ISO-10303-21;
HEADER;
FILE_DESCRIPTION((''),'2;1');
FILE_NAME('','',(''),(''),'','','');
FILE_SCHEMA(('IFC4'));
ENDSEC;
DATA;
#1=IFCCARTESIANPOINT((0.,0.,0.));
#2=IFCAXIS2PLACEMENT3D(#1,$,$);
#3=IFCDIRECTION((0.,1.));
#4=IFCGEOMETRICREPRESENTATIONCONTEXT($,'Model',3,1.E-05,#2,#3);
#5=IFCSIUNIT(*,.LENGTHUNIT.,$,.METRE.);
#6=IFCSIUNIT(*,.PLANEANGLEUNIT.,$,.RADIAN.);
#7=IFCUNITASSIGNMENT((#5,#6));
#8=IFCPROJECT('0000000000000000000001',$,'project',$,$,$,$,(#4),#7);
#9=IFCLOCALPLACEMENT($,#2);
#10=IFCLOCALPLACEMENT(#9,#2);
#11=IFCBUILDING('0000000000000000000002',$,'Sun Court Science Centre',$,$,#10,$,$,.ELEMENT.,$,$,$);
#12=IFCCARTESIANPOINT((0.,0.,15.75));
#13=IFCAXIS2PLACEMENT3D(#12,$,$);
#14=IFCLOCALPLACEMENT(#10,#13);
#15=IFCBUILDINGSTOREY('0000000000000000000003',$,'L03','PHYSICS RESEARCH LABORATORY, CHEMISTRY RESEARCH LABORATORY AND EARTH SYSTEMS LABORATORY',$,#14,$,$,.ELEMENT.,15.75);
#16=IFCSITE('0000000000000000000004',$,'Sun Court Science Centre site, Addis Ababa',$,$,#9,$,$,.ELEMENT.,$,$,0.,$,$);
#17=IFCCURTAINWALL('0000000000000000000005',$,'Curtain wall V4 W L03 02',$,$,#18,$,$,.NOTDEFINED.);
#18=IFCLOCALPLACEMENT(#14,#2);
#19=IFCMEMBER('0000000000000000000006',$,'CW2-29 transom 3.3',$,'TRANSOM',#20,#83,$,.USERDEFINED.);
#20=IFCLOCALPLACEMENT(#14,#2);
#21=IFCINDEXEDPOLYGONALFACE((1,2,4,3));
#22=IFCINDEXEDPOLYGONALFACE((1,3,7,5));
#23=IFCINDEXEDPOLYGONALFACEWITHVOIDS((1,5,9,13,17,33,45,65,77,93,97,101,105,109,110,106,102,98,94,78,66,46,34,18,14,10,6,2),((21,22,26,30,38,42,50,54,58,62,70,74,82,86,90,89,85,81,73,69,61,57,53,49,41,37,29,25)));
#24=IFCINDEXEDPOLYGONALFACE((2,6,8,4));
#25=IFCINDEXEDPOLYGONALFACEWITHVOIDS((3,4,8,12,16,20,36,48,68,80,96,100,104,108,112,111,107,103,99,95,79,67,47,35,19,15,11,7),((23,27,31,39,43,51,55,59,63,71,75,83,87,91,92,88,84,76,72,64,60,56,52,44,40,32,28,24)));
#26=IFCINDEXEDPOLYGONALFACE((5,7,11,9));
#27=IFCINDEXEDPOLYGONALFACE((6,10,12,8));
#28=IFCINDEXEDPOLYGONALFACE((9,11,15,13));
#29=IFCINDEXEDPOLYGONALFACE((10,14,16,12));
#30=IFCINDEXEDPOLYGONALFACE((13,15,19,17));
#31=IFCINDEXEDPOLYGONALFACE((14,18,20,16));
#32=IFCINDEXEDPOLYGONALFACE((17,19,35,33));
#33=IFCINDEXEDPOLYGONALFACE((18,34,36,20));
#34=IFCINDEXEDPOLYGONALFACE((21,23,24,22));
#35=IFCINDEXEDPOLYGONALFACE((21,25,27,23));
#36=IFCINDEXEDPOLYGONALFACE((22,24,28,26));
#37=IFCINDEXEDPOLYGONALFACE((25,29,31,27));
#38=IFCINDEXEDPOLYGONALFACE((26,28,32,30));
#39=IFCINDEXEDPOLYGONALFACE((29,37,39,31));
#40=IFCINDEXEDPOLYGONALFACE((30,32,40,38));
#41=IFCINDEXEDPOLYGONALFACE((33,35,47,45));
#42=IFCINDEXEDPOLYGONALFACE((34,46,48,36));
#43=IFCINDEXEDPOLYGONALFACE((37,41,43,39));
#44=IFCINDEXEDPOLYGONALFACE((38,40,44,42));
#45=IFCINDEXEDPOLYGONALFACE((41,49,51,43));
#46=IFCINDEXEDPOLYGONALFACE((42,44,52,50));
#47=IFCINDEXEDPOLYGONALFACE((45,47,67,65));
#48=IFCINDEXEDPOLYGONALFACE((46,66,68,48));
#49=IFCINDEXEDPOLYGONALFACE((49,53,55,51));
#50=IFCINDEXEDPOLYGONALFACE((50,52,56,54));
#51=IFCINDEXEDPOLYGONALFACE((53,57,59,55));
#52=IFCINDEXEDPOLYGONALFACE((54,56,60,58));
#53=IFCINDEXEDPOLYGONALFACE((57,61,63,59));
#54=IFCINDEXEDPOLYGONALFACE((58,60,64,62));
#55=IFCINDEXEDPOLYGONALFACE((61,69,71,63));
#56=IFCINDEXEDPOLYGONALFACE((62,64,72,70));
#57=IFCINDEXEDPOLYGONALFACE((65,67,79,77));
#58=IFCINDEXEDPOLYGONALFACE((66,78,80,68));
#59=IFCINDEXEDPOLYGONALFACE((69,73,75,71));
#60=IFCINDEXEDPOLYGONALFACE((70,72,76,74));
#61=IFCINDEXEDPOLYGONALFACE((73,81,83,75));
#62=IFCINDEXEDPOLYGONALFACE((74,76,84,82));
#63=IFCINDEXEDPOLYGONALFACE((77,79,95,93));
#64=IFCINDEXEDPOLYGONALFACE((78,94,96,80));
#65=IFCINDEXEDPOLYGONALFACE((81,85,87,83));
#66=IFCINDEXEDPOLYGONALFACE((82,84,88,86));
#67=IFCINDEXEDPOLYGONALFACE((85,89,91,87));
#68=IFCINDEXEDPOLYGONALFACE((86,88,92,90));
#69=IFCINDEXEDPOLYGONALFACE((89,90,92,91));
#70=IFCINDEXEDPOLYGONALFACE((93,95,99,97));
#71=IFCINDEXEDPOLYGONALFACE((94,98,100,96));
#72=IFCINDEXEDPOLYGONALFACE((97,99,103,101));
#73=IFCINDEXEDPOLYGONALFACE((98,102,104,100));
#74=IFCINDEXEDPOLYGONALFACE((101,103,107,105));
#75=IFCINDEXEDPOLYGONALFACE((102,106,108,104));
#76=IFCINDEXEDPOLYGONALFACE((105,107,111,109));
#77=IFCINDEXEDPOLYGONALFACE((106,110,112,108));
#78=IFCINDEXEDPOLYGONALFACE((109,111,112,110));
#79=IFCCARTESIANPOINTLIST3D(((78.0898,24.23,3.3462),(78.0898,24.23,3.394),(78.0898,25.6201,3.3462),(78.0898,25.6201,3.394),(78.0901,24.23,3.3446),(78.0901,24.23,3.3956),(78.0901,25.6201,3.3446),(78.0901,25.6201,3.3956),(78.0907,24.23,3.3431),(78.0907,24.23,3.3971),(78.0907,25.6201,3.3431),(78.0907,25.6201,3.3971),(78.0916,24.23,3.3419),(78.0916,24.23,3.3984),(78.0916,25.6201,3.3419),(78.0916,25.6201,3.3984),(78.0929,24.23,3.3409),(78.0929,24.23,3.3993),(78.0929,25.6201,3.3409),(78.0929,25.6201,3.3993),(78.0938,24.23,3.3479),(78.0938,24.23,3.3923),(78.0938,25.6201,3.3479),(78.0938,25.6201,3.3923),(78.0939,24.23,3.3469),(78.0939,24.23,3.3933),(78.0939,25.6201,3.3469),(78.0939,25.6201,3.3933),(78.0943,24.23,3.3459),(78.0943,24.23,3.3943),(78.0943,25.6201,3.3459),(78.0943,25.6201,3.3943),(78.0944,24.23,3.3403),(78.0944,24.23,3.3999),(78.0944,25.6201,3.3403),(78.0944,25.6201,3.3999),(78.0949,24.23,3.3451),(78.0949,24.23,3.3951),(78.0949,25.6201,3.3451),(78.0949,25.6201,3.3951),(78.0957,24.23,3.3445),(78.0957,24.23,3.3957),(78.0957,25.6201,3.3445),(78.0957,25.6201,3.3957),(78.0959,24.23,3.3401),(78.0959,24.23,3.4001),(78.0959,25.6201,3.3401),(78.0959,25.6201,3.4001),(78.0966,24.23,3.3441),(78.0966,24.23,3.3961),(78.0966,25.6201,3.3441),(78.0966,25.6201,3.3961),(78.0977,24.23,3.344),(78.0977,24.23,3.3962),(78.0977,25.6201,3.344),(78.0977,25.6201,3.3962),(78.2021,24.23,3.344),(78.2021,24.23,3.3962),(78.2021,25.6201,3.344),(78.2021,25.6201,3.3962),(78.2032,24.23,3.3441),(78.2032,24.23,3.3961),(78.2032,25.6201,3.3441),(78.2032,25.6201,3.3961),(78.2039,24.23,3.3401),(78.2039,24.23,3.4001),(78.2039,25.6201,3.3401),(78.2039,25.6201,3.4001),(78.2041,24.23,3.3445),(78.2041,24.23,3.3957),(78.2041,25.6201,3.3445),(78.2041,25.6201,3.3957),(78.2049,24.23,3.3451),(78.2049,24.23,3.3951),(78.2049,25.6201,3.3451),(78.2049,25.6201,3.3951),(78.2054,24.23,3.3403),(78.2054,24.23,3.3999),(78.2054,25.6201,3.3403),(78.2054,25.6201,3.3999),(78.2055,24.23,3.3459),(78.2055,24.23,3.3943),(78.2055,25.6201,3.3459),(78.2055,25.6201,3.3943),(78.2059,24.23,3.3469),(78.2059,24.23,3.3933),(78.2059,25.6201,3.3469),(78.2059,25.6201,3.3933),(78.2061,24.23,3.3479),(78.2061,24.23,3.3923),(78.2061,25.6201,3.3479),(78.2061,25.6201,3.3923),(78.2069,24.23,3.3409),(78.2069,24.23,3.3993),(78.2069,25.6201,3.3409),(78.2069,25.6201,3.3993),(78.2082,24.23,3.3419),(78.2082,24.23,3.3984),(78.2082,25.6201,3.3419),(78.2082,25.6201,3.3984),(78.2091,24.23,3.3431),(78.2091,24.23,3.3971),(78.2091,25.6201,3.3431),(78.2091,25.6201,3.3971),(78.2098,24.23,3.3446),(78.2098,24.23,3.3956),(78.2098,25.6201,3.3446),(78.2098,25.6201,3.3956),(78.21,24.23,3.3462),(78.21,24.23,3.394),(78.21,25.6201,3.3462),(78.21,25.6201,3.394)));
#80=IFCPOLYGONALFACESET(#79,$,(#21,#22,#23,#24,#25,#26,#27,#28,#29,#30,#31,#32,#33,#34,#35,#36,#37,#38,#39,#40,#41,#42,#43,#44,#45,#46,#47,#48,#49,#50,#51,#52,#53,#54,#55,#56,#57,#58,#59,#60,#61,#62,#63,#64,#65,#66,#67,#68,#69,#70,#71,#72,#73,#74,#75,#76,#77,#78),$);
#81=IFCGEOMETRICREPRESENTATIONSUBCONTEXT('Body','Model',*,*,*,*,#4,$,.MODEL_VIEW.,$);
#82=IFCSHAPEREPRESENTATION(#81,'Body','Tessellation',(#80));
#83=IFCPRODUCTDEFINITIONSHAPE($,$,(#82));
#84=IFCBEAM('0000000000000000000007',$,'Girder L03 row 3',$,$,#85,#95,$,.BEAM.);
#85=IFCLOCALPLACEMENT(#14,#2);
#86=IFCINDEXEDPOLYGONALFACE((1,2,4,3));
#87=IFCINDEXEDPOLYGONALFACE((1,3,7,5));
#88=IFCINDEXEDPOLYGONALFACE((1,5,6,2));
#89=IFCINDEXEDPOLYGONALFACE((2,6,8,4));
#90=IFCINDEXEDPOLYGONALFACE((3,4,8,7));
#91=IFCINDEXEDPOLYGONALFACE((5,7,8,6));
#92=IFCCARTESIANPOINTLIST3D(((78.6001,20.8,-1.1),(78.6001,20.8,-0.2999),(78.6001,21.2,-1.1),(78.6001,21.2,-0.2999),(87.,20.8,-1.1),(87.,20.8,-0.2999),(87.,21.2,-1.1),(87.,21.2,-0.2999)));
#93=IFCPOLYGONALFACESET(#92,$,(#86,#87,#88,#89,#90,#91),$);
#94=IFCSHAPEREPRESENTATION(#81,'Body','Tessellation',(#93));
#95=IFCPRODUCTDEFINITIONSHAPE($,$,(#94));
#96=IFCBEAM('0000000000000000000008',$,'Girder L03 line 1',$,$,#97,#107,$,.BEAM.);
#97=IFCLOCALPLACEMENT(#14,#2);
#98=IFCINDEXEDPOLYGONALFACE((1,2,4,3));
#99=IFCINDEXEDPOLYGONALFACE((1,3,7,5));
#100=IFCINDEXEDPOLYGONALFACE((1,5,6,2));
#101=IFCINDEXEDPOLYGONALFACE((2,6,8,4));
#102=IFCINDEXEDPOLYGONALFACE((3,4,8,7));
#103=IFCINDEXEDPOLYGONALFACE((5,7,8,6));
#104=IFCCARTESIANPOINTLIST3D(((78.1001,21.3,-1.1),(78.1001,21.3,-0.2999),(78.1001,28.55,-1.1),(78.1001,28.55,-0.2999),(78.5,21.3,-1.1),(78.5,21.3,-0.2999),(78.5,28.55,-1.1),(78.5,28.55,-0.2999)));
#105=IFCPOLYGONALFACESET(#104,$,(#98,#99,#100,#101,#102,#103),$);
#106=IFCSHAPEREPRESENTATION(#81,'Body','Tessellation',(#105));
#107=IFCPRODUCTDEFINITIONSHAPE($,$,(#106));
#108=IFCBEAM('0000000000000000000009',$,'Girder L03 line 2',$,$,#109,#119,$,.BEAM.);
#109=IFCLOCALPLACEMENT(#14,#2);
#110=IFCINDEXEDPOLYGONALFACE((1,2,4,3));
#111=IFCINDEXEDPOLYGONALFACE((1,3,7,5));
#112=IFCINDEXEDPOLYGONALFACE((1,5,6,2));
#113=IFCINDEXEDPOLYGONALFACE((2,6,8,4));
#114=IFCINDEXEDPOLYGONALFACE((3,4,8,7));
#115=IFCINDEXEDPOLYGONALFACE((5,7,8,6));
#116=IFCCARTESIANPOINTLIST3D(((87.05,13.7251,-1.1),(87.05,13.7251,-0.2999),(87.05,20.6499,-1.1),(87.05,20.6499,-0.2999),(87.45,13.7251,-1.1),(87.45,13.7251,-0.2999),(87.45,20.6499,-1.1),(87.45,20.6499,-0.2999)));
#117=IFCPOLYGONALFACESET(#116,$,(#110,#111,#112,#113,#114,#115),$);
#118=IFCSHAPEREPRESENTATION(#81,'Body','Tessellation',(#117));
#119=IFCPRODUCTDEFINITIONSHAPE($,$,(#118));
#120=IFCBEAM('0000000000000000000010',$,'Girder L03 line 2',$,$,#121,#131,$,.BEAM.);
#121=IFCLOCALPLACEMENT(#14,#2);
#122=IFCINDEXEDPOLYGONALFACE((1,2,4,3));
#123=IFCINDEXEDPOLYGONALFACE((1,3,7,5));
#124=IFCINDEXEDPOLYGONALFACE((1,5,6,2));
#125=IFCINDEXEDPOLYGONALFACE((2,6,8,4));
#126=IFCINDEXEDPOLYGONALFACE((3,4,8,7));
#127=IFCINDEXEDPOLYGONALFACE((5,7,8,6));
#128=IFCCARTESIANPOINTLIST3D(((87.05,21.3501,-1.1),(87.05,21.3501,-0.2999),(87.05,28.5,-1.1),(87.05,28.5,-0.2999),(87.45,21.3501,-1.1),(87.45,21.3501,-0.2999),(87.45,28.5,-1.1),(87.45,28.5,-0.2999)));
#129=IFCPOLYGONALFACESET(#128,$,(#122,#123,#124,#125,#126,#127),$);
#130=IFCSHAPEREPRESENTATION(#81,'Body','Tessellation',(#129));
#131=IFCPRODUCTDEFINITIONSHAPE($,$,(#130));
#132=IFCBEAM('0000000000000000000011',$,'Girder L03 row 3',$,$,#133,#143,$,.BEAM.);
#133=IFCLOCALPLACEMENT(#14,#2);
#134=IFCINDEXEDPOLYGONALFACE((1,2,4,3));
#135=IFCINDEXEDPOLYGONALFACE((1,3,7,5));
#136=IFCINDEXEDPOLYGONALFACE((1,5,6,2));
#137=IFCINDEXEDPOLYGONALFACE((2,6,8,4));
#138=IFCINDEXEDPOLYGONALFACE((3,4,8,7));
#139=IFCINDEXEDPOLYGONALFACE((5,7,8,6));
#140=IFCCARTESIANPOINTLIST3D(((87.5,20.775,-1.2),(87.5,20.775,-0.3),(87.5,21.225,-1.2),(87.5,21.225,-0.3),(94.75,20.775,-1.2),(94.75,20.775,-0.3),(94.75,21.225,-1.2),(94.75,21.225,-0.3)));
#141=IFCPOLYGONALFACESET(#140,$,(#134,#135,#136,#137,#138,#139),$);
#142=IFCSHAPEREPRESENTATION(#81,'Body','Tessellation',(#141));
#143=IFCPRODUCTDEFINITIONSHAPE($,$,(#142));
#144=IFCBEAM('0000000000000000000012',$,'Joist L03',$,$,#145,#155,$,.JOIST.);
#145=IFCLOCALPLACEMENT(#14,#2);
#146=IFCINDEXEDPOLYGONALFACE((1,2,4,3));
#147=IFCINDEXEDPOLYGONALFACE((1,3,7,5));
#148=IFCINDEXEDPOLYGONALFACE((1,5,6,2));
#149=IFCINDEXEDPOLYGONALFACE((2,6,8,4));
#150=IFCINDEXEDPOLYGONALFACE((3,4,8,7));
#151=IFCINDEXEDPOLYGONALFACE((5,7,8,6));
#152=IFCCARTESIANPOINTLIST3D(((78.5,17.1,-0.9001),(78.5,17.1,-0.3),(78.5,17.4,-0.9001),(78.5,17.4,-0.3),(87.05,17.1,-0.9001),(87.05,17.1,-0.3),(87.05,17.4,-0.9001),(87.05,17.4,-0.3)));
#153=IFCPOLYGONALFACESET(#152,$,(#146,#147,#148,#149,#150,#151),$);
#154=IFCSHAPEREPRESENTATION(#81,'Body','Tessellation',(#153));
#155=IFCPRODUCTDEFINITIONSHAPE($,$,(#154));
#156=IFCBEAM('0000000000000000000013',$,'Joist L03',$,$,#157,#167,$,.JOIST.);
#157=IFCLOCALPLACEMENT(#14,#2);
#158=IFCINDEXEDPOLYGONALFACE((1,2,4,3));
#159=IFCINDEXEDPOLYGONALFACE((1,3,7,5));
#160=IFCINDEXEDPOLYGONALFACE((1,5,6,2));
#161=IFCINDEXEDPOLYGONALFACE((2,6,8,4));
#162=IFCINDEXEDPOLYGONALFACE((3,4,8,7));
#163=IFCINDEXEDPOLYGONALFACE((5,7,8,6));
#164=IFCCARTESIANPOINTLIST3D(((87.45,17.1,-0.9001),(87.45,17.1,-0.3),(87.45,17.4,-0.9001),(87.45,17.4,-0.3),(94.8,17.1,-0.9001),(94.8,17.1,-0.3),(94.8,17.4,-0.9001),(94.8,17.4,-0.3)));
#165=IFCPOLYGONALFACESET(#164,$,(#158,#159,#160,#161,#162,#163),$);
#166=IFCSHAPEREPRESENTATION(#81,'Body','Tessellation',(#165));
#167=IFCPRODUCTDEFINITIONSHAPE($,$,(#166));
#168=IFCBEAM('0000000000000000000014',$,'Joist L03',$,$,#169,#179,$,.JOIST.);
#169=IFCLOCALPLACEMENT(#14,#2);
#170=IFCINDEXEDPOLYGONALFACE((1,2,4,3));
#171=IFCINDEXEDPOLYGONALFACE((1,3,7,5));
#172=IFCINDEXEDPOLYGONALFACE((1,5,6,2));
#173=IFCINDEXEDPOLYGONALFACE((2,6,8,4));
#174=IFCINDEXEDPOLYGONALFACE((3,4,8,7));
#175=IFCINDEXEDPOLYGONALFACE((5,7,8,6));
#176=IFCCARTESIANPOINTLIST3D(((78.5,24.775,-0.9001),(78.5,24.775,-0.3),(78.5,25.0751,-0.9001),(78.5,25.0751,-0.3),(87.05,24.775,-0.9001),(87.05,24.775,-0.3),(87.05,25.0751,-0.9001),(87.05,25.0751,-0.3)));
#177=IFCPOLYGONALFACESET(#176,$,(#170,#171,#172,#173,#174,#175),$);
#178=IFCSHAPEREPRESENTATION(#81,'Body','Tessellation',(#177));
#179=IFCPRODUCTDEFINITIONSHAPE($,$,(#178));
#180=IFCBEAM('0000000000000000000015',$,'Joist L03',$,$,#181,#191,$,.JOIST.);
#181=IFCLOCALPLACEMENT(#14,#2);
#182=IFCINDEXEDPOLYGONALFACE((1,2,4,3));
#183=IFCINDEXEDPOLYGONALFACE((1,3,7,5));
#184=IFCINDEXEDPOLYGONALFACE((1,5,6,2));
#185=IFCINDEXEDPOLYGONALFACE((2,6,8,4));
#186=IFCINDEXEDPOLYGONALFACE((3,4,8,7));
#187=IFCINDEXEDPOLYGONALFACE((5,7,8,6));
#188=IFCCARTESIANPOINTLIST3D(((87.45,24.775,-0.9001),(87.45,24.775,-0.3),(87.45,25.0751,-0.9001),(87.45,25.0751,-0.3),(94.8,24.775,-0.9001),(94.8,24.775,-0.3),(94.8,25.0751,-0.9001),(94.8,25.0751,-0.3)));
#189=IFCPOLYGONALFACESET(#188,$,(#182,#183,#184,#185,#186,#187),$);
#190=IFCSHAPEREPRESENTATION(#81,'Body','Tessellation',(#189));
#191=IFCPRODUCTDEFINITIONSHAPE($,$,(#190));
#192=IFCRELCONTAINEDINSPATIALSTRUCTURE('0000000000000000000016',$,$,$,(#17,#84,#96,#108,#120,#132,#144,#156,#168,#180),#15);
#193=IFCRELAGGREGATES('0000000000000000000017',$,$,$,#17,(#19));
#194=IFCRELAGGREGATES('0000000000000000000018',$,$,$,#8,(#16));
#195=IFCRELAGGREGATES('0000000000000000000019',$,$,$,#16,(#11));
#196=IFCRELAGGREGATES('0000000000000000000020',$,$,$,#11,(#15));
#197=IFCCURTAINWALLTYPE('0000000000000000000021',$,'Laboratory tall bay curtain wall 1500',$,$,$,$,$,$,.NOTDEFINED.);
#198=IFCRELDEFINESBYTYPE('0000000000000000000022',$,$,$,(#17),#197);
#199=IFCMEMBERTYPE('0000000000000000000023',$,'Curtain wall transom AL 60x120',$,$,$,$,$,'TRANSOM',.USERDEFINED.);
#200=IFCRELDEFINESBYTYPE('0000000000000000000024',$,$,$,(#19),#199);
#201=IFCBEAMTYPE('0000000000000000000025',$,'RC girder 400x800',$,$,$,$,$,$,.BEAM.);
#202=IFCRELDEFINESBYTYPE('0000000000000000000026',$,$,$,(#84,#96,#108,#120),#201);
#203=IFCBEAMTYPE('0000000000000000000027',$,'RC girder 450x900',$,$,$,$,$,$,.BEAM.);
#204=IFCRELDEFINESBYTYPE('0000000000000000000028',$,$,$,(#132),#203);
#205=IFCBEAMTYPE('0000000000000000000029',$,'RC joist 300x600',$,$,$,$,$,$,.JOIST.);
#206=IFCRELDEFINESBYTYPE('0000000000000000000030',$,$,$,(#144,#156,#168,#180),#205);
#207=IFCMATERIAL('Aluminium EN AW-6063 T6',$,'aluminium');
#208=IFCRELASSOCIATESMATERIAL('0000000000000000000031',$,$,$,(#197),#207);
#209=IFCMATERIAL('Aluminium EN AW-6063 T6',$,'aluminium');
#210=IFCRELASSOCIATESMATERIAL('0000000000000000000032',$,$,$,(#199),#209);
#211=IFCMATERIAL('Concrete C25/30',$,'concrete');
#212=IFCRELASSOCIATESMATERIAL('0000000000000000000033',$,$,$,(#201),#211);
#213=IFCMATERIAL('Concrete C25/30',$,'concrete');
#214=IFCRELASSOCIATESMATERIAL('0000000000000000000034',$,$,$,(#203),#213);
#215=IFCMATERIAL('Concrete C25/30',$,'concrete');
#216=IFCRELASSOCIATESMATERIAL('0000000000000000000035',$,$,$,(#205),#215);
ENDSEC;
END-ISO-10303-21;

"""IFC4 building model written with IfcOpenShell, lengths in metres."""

from ifc_helpers import new_model, si_unit, direction, frame, origin, origin_2d, place, context, subcontext, project, spatial, rectangle, hollow_rectangle, extrude, material, material_profile, profile_set, type_object, element, aggregate, save


model = new_model("IFC4")

# Units and contexts
model_context = context("Model", 3, precision=1e-05, world=origin(), true_north=direction((0.0, 1.0)))
body_context = subcontext(model_context, "Body", "Model", "MODEL_VIEW")
ifc_project = project(units=[si_unit("LENGTHUNIT", "METRE"), si_unit("PLANEANGLEUNIT", "RADIAN")], contexts=[model_context])

# Site, building, storey
site_placement = place(None, origin())
site = spatial("IfcSite", under=ifc_project, at=site_placement, Name="Sun Court Science Centre site, Addis Ababa", CompositionType="ELEMENT", RefElevation=0.0)
building_placement = place(site_placement, origin())
building = spatial("IfcBuilding", under=site, at=building_placement, Name="Sun Court Science Centre", CompositionType="ELEMENT")
storey_placement = place(building_placement, frame((0.0, 0.0, 15.75)))
storey = spatial("IfcBuildingStorey", under=building, at=storey_placement, Name="L03", Description="PHYSICS RESEARCH LABORATORY, CHEMISTRY RESEARCH LABORATORY AND EARTH SYSTEMS LABORATORY", CompositionType="ELEMENT", Elevation=15.75)

# Curtain wall, member
ifc_material_1 = material(Name="Aluminium EN AW-6063 T6", Category="aluminium")
curtain_wall_type = type_object("IfcCurtainWallType", Name="Laboratory tall bay curtain wall 1500", PredefinedType="NOTDEFINED", material=ifc_material_1)
curtain_wall_placement = place(storey_placement, origin())
curtain_wall = element("IfcCurtainWall", 1, at=curtain_wall_placement, inside=storey, type_object=curtain_wall_type, Name="Curtain wall V4 W L03 02", PredefinedType="NOTDEFINED")
ifc_material_2 = material(Name="Aluminium EN AW-6063 T6", Category="aluminium")
ifc_material_profile_1 = material_profile(ifc_material_2, hollow_rectangle(XDim=0.0601, YDim=0.1201, WallThickness=0.0039, InnerFilletRadius=0.0039, OuterFilletRadius=0.0061, at=origin_2d()), Name="AL 60x120x4")
ifc_profile_set_1 = profile_set([ifc_material_profile_1], Name="Aluminium EN AW-6063 T6")
member_type = type_object("IfcMemberType", Name="Curtain wall transom AL 60x120", ElementType="TRANSOM", PredefinedType="USERDEFINED", material=ifc_profile_set_1)
member_1_placement = place(storey_placement, frame((78.1499, 24.23, 3.3701), z_axis=(0.0, 1.0, 0.0), x_axis=(0.0, 0.0, 1.0)))
member_1 = element("IfcMember", 2, at=member_1_placement, type_object=member_type, Name="CW2-29 transom 3.3", ObjectType="TRANSOM", PredefinedType="USERDEFINED", context=body_context, shape_type="SweptSolid", body=[
    extrude(hollow_rectangle(XDim=0.0601, YDim=0.1201, WallThickness=0.0039, InnerFilletRadius=0.0039, OuterFilletRadius=0.0061, at=origin_2d()), origin(), (0.0, 0.0, 1.0), 1.3901),
])

# Beams
ifc_material_3 = material(Name="Concrete C25/30", Category="concrete")
ifc_material_profile_2 = material_profile(ifc_material_3, rectangle(XDim=0.3999, YDim=0.8, at=origin_2d()), Name="RC 400x800")
ifc_profile_set_2 = profile_set([ifc_material_profile_2], Name="Concrete C25/30")
beam_type_1 = type_object("IfcBeamType", Name="RC girder 400x800", PredefinedType="BEAM", material=ifc_profile_set_2)
beam_1_placement = place(storey_placement, frame((78.6001, 21.0, -0.7), z_axis=(1.0, 0.0, 0.0), x_axis=(0.0, 1.0, 0.0)))
element("IfcBeam", 3, at=beam_1_placement, inside=storey, type_object=beam_type_1, Name="Girder L03 row 3", PredefinedType="BEAM", context=body_context, shape_type="SweptSolid", body=[
    extrude(rectangle(XDim=0.3999, YDim=0.8, at=origin_2d()), origin(), (0.0, 0.0, 1.0), 8.3999),
])
beam_2_placement = place(storey_placement, frame((78.3, 21.3, -0.7), z_axis=(0.0, 1.0, 0.0), x_axis=(-1.0, 0.0, 0.0)))
element("IfcBeam", 4, at=beam_2_placement, inside=storey, type_object=beam_type_1, Name="Girder L03 line 1", PredefinedType="BEAM", context=body_context, shape_type="SweptSolid", body=[
    extrude(rectangle(XDim=0.3999, YDim=0.8, at=origin_2d()), origin(), (0.0, 0.0, 1.0), 7.25),
])
beam_3_placement = place(storey_placement, frame((87.25, 13.7251, -0.7), z_axis=(0.0, 1.0, 0.0), x_axis=(-1.0, 0.0, 0.0)))
element("IfcBeam", 5, at=beam_3_placement, inside=storey, type_object=beam_type_1, Name="Girder L03 line 2", PredefinedType="BEAM", context=body_context, shape_type="SweptSolid", body=[
    extrude(rectangle(XDim=0.3999, YDim=0.8, at=origin_2d()), origin(), (0.0, 0.0, 1.0), 6.9248),
])
beam_4_placement = place(storey_placement, frame((87.25, 21.3501, -0.7), z_axis=(0.0, 1.0, 0.0), x_axis=(-1.0, 0.0, 0.0)))
element("IfcBeam", 6, at=beam_4_placement, inside=storey, type_object=beam_type_1, Name="Girder L03 line 2", PredefinedType="BEAM", context=body_context, shape_type="SweptSolid", body=[
    extrude(rectangle(XDim=0.3999, YDim=0.8, at=origin_2d()), origin(), (0.0, 0.0, 1.0), 7.1499),
])
ifc_material_4 = material(Name="Concrete C25/30", Category="concrete")
ifc_material_profile_3 = material_profile(ifc_material_4, rectangle(XDim=0.45, YDim=0.8999, at=origin_2d()), Name="RC 450x900")
ifc_profile_set_3 = profile_set([ifc_material_profile_3], Name="Concrete C25/30")
beam_type_2 = type_object("IfcBeamType", Name="RC girder 450x900", PredefinedType="BEAM", material=ifc_profile_set_3)
beam_5_placement = place(storey_placement, frame((87.5, 21.0, -0.75), z_axis=(1.0, 0.0, 0.0), x_axis=(0.0, 1.0, 0.0)))
element("IfcBeam", 7, at=beam_5_placement, inside=storey, type_object=beam_type_2, Name="Girder L03 row 3", PredefinedType="BEAM", context=body_context, shape_type="SweptSolid", body=[
    extrude(rectangle(XDim=0.45, YDim=0.8999, at=origin_2d()), origin(), (0.0, 0.0, 1.0), 7.25),
])
ifc_material_5 = material(Name="Concrete C25/30", Category="concrete")
ifc_material_profile_4 = material_profile(ifc_material_5, rectangle(XDim=0.3, YDim=0.6001, at=origin_2d()), Name="RC 300x600")
ifc_profile_set_4 = profile_set([ifc_material_profile_4], Name="Concrete C25/30")
beam_type_3 = type_object("IfcBeamType", Name="RC joist 300x600", PredefinedType="JOIST", material=ifc_profile_set_4)
beam_6_placement = place(storey_placement, frame((78.5, 17.25, -0.6001), z_axis=(1.0, 0.0, 0.0), x_axis=(0.0, 1.0, 0.0)))
element("IfcBeam", 8, at=beam_6_placement, inside=storey, type_object=beam_type_3, Name="Joist L03", PredefinedType="JOIST", context=body_context, shape_type="SweptSolid", body=[
    extrude(rectangle(XDim=0.3, YDim=0.6001, at=origin_2d()), origin(), (0.0, 0.0, 1.0), 8.55),
])
beam_7_placement = place(storey_placement, frame((87.45, 17.25, -0.6001), z_axis=(1.0, 0.0, 0.0), x_axis=(0.0, 1.0, 0.0)))
element("IfcBeam", 9, at=beam_7_placement, inside=storey, type_object=beam_type_3, Name="Joist L03", PredefinedType="JOIST", context=body_context, shape_type="SweptSolid", body=[
    extrude(rectangle(XDim=0.3, YDim=0.6001, at=origin_2d()), origin(), (0.0, 0.0, 1.0), 7.3501),
])
beam_8_placement = place(storey_placement, frame((78.5, 24.925, -0.6001), z_axis=(1.0, 0.0, 0.0), x_axis=(0.0, 1.0, 0.0)))
element("IfcBeam", 10, at=beam_8_placement, inside=storey, type_object=beam_type_3, Name="Joist L03", PredefinedType="JOIST", context=body_context, shape_type="SweptSolid", body=[
    extrude(rectangle(XDim=0.3, YDim=0.6001, at=origin_2d()), origin(), (0.0, 0.0, 1.0), 8.55),
])
beam_9_placement = place(storey_placement, frame((87.45, 24.925, -0.6001), z_axis=(1.0, 0.0, 0.0), x_axis=(0.0, 1.0, 0.0)))
element("IfcBeam", 11, at=beam_9_placement, inside=storey, type_object=beam_type_3, Name="Joist L03", PredefinedType="JOIST", context=body_context, shape_type="SweptSolid", body=[
    extrude(rectangle(XDim=0.3, YDim=0.6001, at=origin_2d()), origin(), (0.0, 0.0, 1.0), 7.3501),
])

aggregate(curtain_wall, [member_1])

save(model, "model.ifc")
